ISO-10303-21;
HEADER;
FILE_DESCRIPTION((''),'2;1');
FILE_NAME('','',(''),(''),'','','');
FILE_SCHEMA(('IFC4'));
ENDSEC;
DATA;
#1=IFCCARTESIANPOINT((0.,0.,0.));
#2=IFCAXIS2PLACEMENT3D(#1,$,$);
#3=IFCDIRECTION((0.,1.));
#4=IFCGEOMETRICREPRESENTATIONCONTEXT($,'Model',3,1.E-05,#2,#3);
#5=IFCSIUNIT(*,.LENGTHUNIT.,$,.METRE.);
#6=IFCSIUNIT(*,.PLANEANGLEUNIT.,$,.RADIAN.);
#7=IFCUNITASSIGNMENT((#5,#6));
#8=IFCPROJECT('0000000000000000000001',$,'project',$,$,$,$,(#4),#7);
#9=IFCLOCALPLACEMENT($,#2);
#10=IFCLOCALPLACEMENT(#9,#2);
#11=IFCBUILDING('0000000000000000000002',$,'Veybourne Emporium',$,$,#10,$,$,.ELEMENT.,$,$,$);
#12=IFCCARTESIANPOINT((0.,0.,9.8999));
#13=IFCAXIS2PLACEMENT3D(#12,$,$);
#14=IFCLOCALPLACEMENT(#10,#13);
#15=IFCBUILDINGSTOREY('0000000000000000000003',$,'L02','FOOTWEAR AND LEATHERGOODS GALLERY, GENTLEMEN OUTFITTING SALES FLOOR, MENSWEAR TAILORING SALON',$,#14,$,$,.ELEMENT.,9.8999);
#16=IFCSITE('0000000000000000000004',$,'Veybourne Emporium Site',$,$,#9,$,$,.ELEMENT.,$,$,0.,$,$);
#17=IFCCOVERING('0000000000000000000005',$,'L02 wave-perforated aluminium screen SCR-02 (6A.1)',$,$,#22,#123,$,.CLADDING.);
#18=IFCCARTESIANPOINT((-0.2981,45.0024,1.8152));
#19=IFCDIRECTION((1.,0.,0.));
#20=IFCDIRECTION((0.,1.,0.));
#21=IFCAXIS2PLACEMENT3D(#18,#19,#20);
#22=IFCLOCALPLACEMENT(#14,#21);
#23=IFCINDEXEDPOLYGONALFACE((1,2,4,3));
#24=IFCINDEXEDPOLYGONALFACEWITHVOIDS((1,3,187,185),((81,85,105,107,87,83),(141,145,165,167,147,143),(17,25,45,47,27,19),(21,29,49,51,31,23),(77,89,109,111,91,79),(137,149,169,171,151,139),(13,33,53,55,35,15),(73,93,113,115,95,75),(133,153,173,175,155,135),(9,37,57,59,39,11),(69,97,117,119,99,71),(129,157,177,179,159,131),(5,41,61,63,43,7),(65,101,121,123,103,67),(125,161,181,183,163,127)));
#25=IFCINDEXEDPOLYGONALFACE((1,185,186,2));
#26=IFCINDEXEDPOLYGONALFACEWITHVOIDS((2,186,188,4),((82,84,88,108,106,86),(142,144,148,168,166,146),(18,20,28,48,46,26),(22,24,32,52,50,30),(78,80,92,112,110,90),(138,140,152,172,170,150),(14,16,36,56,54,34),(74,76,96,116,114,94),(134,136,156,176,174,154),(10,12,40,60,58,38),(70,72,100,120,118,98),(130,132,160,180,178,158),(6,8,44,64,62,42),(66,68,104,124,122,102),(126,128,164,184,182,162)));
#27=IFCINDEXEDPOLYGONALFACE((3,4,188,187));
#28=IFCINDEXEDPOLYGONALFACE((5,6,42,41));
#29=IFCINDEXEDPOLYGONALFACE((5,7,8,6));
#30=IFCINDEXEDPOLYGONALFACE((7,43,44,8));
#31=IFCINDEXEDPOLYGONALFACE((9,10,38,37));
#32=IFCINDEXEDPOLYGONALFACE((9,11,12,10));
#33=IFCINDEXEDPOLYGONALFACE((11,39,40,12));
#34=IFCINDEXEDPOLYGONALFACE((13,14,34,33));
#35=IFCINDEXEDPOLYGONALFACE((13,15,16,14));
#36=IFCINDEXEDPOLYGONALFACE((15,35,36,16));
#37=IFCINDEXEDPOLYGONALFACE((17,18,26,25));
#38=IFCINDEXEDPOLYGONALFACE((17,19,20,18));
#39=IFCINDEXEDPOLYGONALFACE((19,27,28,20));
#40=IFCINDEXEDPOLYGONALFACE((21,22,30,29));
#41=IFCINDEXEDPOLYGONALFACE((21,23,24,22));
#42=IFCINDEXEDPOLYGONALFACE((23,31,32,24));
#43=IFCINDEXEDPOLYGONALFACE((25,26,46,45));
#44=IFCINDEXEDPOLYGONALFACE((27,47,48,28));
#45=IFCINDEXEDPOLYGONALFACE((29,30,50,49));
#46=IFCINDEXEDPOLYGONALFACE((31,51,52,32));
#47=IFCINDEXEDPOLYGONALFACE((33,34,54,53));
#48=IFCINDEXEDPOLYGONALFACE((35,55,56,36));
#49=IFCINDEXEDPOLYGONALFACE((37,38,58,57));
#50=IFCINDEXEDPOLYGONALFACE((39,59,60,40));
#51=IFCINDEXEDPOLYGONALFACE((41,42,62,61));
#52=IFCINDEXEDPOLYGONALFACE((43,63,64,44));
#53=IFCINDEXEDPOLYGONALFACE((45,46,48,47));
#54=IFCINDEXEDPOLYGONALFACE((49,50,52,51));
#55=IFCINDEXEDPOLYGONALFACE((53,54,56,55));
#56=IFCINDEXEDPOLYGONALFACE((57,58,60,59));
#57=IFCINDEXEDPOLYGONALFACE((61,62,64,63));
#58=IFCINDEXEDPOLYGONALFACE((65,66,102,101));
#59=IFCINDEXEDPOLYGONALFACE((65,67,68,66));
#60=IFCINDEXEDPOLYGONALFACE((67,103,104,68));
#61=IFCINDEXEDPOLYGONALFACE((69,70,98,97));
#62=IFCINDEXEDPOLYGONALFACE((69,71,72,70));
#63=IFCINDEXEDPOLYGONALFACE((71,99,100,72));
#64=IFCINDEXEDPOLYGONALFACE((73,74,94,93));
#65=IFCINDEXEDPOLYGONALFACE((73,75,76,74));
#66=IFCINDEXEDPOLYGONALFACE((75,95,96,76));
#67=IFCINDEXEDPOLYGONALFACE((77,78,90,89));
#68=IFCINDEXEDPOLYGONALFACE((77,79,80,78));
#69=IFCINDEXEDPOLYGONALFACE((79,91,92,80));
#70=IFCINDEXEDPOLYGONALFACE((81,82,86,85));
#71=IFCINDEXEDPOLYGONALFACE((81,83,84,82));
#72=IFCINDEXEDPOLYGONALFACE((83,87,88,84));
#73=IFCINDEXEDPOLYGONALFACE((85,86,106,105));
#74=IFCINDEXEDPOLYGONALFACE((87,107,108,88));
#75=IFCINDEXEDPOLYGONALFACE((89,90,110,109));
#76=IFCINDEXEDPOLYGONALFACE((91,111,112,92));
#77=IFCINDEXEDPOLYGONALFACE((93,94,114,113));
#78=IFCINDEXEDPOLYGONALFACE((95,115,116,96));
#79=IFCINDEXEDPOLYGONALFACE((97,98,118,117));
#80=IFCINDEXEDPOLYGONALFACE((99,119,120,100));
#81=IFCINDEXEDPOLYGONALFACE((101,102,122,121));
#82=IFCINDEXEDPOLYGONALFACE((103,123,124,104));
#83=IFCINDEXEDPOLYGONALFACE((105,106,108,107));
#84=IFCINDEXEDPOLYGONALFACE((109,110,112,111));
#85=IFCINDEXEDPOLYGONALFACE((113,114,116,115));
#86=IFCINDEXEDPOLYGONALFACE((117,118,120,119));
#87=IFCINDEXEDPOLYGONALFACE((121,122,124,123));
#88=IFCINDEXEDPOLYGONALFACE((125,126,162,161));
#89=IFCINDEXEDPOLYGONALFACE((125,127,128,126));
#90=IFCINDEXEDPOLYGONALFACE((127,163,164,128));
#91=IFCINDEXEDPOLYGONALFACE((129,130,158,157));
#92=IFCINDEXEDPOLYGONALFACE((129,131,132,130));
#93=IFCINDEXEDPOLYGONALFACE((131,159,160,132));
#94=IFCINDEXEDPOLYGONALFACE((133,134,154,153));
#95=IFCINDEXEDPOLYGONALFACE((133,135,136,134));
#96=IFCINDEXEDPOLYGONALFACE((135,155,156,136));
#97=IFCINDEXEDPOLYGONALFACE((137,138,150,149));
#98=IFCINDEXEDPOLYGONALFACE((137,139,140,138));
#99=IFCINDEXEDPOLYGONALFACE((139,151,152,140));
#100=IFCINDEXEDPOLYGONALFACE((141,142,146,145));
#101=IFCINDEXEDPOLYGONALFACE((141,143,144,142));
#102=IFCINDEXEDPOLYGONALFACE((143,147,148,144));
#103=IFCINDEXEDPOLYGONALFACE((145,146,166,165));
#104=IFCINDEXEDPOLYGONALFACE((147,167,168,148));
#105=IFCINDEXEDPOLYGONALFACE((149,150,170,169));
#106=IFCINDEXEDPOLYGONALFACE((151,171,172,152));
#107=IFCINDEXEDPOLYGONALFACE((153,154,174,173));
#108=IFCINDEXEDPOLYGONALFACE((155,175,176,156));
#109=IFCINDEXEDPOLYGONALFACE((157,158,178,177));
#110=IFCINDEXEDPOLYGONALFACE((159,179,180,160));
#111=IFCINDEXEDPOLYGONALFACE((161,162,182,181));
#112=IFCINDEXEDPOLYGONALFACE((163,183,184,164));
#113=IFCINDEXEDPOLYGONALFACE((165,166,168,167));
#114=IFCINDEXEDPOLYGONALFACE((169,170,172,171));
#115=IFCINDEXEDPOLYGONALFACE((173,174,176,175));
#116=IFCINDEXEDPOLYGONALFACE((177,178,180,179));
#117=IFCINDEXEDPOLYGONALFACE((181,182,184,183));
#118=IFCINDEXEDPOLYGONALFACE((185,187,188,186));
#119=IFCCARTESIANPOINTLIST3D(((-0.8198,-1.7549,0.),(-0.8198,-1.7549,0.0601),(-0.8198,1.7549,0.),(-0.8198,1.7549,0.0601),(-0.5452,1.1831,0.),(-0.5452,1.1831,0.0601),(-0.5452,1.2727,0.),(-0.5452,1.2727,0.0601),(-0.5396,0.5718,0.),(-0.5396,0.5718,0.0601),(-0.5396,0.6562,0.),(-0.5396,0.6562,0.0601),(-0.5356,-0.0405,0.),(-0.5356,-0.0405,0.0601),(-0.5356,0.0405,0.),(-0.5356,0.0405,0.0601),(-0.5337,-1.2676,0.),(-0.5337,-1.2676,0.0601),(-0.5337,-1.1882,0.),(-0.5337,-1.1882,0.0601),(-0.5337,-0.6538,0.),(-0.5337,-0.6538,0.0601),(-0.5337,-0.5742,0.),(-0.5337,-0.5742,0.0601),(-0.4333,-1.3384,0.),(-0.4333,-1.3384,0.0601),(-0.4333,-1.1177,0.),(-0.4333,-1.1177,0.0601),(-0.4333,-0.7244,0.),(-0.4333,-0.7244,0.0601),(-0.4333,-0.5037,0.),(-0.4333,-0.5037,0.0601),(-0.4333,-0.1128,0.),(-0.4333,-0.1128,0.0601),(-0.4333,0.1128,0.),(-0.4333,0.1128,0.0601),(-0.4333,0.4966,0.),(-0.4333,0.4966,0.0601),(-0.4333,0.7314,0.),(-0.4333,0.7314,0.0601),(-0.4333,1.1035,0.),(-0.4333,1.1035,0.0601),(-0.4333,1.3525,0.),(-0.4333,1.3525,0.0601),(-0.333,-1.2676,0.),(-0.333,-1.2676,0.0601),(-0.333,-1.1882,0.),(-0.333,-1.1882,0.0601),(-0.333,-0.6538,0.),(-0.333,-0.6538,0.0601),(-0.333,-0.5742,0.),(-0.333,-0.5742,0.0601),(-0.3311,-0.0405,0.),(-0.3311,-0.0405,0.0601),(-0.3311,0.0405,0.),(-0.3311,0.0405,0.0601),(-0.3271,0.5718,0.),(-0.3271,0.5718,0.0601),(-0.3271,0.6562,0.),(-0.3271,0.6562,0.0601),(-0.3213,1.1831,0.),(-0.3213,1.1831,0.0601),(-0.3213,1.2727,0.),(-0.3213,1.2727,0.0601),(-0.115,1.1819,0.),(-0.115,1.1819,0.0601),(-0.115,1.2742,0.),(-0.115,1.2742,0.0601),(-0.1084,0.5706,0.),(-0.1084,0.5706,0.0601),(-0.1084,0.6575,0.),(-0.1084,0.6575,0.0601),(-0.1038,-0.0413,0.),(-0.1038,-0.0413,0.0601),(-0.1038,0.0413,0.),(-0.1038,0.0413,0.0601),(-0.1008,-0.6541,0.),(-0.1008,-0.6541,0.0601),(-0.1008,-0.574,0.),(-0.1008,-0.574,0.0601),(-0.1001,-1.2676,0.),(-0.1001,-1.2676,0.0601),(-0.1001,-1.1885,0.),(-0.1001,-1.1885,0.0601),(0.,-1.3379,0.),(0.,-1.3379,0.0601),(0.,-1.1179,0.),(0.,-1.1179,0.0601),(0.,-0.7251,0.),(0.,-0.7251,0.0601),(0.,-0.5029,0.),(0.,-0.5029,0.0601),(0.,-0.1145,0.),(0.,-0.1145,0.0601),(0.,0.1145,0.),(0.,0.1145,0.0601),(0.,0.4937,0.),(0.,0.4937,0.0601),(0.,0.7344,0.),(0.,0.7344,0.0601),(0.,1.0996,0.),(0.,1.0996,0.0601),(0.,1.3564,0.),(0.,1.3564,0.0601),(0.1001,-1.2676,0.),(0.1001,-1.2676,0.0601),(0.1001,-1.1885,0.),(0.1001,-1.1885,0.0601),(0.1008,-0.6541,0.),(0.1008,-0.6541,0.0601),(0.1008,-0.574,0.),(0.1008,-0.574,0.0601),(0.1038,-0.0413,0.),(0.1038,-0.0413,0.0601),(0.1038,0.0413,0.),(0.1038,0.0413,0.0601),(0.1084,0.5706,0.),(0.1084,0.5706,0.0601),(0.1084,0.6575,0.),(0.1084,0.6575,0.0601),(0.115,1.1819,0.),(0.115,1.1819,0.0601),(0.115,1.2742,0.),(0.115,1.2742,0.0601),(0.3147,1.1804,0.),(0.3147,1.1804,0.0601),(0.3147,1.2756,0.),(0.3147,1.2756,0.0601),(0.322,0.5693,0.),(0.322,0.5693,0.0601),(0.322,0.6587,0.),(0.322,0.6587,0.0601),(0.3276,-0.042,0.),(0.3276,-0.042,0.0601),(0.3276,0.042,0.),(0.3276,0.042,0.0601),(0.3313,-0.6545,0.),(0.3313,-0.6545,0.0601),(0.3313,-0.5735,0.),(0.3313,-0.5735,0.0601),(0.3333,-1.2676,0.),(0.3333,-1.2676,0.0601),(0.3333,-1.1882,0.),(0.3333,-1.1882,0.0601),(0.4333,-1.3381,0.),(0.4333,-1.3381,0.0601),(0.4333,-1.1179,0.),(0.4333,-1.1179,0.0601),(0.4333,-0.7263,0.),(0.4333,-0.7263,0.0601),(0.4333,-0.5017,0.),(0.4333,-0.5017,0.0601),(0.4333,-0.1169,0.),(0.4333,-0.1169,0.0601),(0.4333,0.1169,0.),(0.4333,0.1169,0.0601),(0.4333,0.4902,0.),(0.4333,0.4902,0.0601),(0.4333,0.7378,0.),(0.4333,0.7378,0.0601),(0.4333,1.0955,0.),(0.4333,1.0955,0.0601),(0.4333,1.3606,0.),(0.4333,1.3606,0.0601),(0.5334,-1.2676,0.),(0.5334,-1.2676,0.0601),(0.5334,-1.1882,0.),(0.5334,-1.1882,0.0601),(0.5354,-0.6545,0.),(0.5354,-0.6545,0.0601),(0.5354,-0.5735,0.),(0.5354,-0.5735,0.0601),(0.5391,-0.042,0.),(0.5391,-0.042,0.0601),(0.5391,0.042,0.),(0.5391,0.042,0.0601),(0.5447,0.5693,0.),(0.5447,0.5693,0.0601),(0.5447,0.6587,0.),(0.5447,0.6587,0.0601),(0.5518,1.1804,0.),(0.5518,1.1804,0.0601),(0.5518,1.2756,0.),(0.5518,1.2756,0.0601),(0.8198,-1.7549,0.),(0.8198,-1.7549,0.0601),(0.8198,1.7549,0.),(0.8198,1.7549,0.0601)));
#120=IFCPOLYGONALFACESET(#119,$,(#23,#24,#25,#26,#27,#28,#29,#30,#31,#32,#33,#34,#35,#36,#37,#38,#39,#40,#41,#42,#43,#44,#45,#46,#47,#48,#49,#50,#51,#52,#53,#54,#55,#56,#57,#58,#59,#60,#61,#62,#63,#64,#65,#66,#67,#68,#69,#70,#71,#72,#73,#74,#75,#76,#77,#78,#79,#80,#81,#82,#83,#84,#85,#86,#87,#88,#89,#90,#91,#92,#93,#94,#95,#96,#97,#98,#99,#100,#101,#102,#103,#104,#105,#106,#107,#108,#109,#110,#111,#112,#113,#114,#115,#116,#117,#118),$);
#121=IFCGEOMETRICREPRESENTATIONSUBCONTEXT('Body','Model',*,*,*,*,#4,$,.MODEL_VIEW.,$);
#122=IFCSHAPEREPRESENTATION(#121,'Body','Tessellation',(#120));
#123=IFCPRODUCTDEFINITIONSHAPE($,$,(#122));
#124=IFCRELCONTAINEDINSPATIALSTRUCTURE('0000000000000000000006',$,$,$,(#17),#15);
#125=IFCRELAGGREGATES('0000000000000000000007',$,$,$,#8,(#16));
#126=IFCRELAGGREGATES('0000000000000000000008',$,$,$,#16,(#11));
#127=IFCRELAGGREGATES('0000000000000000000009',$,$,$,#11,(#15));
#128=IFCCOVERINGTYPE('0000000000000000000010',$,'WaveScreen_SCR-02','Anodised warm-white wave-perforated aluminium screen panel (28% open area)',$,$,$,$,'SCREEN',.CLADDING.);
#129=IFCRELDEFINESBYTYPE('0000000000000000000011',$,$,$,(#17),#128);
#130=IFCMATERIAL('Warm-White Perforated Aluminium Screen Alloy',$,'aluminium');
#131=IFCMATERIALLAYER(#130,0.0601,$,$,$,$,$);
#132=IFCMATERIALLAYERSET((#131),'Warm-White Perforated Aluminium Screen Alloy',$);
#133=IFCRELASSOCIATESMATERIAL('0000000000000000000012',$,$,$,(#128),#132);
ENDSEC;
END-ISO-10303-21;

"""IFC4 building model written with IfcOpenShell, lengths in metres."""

from ifc_helpers import new_model, si_unit, direction, frame, origin, place, context, subcontext, project, spatial, polyline, outline, extrude, material, layer, layer_set, type_object, element, save


model = new_model("IFC4")

# Units and contexts
model_context = context("Model", 3, precision=1e-05, world=origin(), true_north=direction((0.0, 1.0)))
body_context = subcontext(model_context, "Body", "Model", "MODEL_VIEW")
ifc_project = project(units=[si_unit("LENGTHUNIT", "METRE"), si_unit("PLANEANGLEUNIT", "RADIAN")], contexts=[model_context])

# Site, building, storey
site_placement = place(None, origin())
site = spatial("IfcSite", under=ifc_project, at=site_placement, Name="Veybourne Emporium Site", CompositionType="ELEMENT", RefElevation=0.0)
building_placement = place(site_placement, origin())
building = spatial("IfcBuilding", under=site, at=building_placement, Name="Veybourne Emporium", CompositionType="ELEMENT")
storey_placement = place(building_placement, frame((0.0, 0.0, 9.8999)))
storey = spatial("IfcBuildingStorey", under=building, at=storey_placement, Name="L02", Description="FOOTWEAR AND LEATHERGOODS GALLERY, GENTLEMEN OUTFITTING SALES FLOOR, MENSWEAR TAILORING SALON", CompositionType="ELEMENT", Elevation=9.8999)

# Covering
ifc_material_1 = material(Name="Warm-White Perforated Aluminium Screen Alloy", Category="aluminium")
ifc_layer_1 = layer(ifc_material_1, 0.0601)
ifc_layer_set_1 = layer_set([ifc_layer_1], Name="Warm-White Perforated Aluminium Screen Alloy")
covering_type_1 = type_object("IfcCoveringType", Name="WaveScreen_SCR-02", Description="Anodised warm-white wave-perforated aluminium screen panel (28% open area)", ElementType="SCREEN", PredefinedType="CLADDING", material=ifc_layer_set_1)
covering_1_placement = place(storey_placement, frame((-0.2981, 45.0024, 1.8152), z_axis=(1.0, 0.0, 0.0), x_axis=(0.0, 1.0, 0.0)))
element("IfcCovering", 1, at=covering_1_placement, inside=storey, type_object=covering_type_1, Name="L02 wave-perforated aluminium screen SCR-02 (6A.1)", PredefinedType="CLADDING", context=body_context, shape_type="SweptSolid", body=[
    extrude(outline(polyline([(-0.8198, -1.7549), (0.8198, -1.7549), (0.8198, 1.7549), (-0.8198, 1.7549), (-0.8198, -1.7549)]), holes=[polyline([(-0.4333, -1.1177), (-0.333, -1.1882), (-0.333, -1.2676), (-0.4333, -1.3384), (-0.5337, -1.2676), (-0.5337, -1.1882), (-0.4333, -1.1177)]), polyline([(-0.4333, -0.5037), (-0.333, -0.5742), (-0.333, -0.6538), (-0.4333, -0.7244), (-0.5337, -0.6538), (-0.5337, -0.5742), (-0.4333, -0.5037)]), polyline([(-0.4333, 0.1128), (-0.3311, 0.0405), (-0.3311, -0.0405), (-0.4333, -0.1128), (-0.5356, -0.0405), (-0.5356, 0.0405), (-0.4333, 0.1128)]), polyline([(-0.4333, 0.7314), (-0.3271, 0.6562), (-0.3271, 0.5718), (-0.4333, 0.4966), (-0.5396, 0.5718), (-0.5396, 0.6562), (-0.4333, 0.7314)]), polyline([(-0.4333, 1.3525), (-0.3213, 1.2727), (-0.3213, 1.1831), (-0.4333, 1.1035), (-0.5452, 1.1831), (-0.5452, 1.2727), (-0.4333, 1.3525)]), polyline([(0.0, -1.1179), (0.1001, -1.1885), (0.1001, -1.2676), (0.0, -1.3379), (-0.1001, -1.2676), (-0.1001, -1.1885), (0.0, -1.1179)]), polyline([(0.0, -0.5029), (0.1008, -0.574), (0.1008, -0.6541), (0.0, -0.7251), (-0.1008, -0.6541), (-0.1008, -0.574), (0.0, -0.5029)]), polyline([(0.0, 0.1145), (0.1038, 0.0413), (0.1038, -0.0413), (0.0, -0.1145), (-0.1038, -0.0413), (-0.1038, 0.0413), (0.0, 0.1145)]), polyline([(0.0, 0.7344), (0.1084, 0.6575), (0.1084, 0.5706), (0.0, 0.4937), (-0.1084, 0.5706), (-0.1084, 0.6575), (0.0, 0.7344)]), polyline([(0.0, 1.3564), (0.115, 1.2742), (0.115, 1.1819), (0.0, 1.0996), (-0.115, 1.1819), (-0.115, 1.2742), (0.0, 1.3564)]), polyline([(0.4333, -1.1179), (0.5334, -1.1882), (0.5334, -1.2676), (0.4333, -1.3381), (0.3333, -1.2676), (0.3333, -1.1882), (0.4333, -1.1179)]), polyline([(0.4333, -0.5017), (0.5354, -0.5735), (0.5354, -0.6545), (0.4333, -0.7263), (0.3313, -0.6545), (0.3313, -0.5735), (0.4333, -0.5017)]), polyline([(0.4333, 0.1169), (0.5391, 0.042), (0.5391, -0.042), (0.4333, -0.1169), (0.3276, -0.042), (0.3276, 0.042), (0.4333, 0.1169)]), polyline([(0.4333, 0.7378), (0.5447, 0.6587), (0.5447, 0.5693), (0.4333, 0.4902), (0.322, 0.5693), (0.322, 0.6587), (0.4333, 0.7378)]), polyline([(0.4333, 1.3606), (0.5518, 1.2756), (0.5518, 1.1804), (0.4333, 1.0955), (0.3147, 1.1804), (0.3147, 1.2756), (0.4333, 1.3606)])]), origin(), (0.0, 0.0, 1.0), 0.0601),
])

save(model, "model.ifc")
